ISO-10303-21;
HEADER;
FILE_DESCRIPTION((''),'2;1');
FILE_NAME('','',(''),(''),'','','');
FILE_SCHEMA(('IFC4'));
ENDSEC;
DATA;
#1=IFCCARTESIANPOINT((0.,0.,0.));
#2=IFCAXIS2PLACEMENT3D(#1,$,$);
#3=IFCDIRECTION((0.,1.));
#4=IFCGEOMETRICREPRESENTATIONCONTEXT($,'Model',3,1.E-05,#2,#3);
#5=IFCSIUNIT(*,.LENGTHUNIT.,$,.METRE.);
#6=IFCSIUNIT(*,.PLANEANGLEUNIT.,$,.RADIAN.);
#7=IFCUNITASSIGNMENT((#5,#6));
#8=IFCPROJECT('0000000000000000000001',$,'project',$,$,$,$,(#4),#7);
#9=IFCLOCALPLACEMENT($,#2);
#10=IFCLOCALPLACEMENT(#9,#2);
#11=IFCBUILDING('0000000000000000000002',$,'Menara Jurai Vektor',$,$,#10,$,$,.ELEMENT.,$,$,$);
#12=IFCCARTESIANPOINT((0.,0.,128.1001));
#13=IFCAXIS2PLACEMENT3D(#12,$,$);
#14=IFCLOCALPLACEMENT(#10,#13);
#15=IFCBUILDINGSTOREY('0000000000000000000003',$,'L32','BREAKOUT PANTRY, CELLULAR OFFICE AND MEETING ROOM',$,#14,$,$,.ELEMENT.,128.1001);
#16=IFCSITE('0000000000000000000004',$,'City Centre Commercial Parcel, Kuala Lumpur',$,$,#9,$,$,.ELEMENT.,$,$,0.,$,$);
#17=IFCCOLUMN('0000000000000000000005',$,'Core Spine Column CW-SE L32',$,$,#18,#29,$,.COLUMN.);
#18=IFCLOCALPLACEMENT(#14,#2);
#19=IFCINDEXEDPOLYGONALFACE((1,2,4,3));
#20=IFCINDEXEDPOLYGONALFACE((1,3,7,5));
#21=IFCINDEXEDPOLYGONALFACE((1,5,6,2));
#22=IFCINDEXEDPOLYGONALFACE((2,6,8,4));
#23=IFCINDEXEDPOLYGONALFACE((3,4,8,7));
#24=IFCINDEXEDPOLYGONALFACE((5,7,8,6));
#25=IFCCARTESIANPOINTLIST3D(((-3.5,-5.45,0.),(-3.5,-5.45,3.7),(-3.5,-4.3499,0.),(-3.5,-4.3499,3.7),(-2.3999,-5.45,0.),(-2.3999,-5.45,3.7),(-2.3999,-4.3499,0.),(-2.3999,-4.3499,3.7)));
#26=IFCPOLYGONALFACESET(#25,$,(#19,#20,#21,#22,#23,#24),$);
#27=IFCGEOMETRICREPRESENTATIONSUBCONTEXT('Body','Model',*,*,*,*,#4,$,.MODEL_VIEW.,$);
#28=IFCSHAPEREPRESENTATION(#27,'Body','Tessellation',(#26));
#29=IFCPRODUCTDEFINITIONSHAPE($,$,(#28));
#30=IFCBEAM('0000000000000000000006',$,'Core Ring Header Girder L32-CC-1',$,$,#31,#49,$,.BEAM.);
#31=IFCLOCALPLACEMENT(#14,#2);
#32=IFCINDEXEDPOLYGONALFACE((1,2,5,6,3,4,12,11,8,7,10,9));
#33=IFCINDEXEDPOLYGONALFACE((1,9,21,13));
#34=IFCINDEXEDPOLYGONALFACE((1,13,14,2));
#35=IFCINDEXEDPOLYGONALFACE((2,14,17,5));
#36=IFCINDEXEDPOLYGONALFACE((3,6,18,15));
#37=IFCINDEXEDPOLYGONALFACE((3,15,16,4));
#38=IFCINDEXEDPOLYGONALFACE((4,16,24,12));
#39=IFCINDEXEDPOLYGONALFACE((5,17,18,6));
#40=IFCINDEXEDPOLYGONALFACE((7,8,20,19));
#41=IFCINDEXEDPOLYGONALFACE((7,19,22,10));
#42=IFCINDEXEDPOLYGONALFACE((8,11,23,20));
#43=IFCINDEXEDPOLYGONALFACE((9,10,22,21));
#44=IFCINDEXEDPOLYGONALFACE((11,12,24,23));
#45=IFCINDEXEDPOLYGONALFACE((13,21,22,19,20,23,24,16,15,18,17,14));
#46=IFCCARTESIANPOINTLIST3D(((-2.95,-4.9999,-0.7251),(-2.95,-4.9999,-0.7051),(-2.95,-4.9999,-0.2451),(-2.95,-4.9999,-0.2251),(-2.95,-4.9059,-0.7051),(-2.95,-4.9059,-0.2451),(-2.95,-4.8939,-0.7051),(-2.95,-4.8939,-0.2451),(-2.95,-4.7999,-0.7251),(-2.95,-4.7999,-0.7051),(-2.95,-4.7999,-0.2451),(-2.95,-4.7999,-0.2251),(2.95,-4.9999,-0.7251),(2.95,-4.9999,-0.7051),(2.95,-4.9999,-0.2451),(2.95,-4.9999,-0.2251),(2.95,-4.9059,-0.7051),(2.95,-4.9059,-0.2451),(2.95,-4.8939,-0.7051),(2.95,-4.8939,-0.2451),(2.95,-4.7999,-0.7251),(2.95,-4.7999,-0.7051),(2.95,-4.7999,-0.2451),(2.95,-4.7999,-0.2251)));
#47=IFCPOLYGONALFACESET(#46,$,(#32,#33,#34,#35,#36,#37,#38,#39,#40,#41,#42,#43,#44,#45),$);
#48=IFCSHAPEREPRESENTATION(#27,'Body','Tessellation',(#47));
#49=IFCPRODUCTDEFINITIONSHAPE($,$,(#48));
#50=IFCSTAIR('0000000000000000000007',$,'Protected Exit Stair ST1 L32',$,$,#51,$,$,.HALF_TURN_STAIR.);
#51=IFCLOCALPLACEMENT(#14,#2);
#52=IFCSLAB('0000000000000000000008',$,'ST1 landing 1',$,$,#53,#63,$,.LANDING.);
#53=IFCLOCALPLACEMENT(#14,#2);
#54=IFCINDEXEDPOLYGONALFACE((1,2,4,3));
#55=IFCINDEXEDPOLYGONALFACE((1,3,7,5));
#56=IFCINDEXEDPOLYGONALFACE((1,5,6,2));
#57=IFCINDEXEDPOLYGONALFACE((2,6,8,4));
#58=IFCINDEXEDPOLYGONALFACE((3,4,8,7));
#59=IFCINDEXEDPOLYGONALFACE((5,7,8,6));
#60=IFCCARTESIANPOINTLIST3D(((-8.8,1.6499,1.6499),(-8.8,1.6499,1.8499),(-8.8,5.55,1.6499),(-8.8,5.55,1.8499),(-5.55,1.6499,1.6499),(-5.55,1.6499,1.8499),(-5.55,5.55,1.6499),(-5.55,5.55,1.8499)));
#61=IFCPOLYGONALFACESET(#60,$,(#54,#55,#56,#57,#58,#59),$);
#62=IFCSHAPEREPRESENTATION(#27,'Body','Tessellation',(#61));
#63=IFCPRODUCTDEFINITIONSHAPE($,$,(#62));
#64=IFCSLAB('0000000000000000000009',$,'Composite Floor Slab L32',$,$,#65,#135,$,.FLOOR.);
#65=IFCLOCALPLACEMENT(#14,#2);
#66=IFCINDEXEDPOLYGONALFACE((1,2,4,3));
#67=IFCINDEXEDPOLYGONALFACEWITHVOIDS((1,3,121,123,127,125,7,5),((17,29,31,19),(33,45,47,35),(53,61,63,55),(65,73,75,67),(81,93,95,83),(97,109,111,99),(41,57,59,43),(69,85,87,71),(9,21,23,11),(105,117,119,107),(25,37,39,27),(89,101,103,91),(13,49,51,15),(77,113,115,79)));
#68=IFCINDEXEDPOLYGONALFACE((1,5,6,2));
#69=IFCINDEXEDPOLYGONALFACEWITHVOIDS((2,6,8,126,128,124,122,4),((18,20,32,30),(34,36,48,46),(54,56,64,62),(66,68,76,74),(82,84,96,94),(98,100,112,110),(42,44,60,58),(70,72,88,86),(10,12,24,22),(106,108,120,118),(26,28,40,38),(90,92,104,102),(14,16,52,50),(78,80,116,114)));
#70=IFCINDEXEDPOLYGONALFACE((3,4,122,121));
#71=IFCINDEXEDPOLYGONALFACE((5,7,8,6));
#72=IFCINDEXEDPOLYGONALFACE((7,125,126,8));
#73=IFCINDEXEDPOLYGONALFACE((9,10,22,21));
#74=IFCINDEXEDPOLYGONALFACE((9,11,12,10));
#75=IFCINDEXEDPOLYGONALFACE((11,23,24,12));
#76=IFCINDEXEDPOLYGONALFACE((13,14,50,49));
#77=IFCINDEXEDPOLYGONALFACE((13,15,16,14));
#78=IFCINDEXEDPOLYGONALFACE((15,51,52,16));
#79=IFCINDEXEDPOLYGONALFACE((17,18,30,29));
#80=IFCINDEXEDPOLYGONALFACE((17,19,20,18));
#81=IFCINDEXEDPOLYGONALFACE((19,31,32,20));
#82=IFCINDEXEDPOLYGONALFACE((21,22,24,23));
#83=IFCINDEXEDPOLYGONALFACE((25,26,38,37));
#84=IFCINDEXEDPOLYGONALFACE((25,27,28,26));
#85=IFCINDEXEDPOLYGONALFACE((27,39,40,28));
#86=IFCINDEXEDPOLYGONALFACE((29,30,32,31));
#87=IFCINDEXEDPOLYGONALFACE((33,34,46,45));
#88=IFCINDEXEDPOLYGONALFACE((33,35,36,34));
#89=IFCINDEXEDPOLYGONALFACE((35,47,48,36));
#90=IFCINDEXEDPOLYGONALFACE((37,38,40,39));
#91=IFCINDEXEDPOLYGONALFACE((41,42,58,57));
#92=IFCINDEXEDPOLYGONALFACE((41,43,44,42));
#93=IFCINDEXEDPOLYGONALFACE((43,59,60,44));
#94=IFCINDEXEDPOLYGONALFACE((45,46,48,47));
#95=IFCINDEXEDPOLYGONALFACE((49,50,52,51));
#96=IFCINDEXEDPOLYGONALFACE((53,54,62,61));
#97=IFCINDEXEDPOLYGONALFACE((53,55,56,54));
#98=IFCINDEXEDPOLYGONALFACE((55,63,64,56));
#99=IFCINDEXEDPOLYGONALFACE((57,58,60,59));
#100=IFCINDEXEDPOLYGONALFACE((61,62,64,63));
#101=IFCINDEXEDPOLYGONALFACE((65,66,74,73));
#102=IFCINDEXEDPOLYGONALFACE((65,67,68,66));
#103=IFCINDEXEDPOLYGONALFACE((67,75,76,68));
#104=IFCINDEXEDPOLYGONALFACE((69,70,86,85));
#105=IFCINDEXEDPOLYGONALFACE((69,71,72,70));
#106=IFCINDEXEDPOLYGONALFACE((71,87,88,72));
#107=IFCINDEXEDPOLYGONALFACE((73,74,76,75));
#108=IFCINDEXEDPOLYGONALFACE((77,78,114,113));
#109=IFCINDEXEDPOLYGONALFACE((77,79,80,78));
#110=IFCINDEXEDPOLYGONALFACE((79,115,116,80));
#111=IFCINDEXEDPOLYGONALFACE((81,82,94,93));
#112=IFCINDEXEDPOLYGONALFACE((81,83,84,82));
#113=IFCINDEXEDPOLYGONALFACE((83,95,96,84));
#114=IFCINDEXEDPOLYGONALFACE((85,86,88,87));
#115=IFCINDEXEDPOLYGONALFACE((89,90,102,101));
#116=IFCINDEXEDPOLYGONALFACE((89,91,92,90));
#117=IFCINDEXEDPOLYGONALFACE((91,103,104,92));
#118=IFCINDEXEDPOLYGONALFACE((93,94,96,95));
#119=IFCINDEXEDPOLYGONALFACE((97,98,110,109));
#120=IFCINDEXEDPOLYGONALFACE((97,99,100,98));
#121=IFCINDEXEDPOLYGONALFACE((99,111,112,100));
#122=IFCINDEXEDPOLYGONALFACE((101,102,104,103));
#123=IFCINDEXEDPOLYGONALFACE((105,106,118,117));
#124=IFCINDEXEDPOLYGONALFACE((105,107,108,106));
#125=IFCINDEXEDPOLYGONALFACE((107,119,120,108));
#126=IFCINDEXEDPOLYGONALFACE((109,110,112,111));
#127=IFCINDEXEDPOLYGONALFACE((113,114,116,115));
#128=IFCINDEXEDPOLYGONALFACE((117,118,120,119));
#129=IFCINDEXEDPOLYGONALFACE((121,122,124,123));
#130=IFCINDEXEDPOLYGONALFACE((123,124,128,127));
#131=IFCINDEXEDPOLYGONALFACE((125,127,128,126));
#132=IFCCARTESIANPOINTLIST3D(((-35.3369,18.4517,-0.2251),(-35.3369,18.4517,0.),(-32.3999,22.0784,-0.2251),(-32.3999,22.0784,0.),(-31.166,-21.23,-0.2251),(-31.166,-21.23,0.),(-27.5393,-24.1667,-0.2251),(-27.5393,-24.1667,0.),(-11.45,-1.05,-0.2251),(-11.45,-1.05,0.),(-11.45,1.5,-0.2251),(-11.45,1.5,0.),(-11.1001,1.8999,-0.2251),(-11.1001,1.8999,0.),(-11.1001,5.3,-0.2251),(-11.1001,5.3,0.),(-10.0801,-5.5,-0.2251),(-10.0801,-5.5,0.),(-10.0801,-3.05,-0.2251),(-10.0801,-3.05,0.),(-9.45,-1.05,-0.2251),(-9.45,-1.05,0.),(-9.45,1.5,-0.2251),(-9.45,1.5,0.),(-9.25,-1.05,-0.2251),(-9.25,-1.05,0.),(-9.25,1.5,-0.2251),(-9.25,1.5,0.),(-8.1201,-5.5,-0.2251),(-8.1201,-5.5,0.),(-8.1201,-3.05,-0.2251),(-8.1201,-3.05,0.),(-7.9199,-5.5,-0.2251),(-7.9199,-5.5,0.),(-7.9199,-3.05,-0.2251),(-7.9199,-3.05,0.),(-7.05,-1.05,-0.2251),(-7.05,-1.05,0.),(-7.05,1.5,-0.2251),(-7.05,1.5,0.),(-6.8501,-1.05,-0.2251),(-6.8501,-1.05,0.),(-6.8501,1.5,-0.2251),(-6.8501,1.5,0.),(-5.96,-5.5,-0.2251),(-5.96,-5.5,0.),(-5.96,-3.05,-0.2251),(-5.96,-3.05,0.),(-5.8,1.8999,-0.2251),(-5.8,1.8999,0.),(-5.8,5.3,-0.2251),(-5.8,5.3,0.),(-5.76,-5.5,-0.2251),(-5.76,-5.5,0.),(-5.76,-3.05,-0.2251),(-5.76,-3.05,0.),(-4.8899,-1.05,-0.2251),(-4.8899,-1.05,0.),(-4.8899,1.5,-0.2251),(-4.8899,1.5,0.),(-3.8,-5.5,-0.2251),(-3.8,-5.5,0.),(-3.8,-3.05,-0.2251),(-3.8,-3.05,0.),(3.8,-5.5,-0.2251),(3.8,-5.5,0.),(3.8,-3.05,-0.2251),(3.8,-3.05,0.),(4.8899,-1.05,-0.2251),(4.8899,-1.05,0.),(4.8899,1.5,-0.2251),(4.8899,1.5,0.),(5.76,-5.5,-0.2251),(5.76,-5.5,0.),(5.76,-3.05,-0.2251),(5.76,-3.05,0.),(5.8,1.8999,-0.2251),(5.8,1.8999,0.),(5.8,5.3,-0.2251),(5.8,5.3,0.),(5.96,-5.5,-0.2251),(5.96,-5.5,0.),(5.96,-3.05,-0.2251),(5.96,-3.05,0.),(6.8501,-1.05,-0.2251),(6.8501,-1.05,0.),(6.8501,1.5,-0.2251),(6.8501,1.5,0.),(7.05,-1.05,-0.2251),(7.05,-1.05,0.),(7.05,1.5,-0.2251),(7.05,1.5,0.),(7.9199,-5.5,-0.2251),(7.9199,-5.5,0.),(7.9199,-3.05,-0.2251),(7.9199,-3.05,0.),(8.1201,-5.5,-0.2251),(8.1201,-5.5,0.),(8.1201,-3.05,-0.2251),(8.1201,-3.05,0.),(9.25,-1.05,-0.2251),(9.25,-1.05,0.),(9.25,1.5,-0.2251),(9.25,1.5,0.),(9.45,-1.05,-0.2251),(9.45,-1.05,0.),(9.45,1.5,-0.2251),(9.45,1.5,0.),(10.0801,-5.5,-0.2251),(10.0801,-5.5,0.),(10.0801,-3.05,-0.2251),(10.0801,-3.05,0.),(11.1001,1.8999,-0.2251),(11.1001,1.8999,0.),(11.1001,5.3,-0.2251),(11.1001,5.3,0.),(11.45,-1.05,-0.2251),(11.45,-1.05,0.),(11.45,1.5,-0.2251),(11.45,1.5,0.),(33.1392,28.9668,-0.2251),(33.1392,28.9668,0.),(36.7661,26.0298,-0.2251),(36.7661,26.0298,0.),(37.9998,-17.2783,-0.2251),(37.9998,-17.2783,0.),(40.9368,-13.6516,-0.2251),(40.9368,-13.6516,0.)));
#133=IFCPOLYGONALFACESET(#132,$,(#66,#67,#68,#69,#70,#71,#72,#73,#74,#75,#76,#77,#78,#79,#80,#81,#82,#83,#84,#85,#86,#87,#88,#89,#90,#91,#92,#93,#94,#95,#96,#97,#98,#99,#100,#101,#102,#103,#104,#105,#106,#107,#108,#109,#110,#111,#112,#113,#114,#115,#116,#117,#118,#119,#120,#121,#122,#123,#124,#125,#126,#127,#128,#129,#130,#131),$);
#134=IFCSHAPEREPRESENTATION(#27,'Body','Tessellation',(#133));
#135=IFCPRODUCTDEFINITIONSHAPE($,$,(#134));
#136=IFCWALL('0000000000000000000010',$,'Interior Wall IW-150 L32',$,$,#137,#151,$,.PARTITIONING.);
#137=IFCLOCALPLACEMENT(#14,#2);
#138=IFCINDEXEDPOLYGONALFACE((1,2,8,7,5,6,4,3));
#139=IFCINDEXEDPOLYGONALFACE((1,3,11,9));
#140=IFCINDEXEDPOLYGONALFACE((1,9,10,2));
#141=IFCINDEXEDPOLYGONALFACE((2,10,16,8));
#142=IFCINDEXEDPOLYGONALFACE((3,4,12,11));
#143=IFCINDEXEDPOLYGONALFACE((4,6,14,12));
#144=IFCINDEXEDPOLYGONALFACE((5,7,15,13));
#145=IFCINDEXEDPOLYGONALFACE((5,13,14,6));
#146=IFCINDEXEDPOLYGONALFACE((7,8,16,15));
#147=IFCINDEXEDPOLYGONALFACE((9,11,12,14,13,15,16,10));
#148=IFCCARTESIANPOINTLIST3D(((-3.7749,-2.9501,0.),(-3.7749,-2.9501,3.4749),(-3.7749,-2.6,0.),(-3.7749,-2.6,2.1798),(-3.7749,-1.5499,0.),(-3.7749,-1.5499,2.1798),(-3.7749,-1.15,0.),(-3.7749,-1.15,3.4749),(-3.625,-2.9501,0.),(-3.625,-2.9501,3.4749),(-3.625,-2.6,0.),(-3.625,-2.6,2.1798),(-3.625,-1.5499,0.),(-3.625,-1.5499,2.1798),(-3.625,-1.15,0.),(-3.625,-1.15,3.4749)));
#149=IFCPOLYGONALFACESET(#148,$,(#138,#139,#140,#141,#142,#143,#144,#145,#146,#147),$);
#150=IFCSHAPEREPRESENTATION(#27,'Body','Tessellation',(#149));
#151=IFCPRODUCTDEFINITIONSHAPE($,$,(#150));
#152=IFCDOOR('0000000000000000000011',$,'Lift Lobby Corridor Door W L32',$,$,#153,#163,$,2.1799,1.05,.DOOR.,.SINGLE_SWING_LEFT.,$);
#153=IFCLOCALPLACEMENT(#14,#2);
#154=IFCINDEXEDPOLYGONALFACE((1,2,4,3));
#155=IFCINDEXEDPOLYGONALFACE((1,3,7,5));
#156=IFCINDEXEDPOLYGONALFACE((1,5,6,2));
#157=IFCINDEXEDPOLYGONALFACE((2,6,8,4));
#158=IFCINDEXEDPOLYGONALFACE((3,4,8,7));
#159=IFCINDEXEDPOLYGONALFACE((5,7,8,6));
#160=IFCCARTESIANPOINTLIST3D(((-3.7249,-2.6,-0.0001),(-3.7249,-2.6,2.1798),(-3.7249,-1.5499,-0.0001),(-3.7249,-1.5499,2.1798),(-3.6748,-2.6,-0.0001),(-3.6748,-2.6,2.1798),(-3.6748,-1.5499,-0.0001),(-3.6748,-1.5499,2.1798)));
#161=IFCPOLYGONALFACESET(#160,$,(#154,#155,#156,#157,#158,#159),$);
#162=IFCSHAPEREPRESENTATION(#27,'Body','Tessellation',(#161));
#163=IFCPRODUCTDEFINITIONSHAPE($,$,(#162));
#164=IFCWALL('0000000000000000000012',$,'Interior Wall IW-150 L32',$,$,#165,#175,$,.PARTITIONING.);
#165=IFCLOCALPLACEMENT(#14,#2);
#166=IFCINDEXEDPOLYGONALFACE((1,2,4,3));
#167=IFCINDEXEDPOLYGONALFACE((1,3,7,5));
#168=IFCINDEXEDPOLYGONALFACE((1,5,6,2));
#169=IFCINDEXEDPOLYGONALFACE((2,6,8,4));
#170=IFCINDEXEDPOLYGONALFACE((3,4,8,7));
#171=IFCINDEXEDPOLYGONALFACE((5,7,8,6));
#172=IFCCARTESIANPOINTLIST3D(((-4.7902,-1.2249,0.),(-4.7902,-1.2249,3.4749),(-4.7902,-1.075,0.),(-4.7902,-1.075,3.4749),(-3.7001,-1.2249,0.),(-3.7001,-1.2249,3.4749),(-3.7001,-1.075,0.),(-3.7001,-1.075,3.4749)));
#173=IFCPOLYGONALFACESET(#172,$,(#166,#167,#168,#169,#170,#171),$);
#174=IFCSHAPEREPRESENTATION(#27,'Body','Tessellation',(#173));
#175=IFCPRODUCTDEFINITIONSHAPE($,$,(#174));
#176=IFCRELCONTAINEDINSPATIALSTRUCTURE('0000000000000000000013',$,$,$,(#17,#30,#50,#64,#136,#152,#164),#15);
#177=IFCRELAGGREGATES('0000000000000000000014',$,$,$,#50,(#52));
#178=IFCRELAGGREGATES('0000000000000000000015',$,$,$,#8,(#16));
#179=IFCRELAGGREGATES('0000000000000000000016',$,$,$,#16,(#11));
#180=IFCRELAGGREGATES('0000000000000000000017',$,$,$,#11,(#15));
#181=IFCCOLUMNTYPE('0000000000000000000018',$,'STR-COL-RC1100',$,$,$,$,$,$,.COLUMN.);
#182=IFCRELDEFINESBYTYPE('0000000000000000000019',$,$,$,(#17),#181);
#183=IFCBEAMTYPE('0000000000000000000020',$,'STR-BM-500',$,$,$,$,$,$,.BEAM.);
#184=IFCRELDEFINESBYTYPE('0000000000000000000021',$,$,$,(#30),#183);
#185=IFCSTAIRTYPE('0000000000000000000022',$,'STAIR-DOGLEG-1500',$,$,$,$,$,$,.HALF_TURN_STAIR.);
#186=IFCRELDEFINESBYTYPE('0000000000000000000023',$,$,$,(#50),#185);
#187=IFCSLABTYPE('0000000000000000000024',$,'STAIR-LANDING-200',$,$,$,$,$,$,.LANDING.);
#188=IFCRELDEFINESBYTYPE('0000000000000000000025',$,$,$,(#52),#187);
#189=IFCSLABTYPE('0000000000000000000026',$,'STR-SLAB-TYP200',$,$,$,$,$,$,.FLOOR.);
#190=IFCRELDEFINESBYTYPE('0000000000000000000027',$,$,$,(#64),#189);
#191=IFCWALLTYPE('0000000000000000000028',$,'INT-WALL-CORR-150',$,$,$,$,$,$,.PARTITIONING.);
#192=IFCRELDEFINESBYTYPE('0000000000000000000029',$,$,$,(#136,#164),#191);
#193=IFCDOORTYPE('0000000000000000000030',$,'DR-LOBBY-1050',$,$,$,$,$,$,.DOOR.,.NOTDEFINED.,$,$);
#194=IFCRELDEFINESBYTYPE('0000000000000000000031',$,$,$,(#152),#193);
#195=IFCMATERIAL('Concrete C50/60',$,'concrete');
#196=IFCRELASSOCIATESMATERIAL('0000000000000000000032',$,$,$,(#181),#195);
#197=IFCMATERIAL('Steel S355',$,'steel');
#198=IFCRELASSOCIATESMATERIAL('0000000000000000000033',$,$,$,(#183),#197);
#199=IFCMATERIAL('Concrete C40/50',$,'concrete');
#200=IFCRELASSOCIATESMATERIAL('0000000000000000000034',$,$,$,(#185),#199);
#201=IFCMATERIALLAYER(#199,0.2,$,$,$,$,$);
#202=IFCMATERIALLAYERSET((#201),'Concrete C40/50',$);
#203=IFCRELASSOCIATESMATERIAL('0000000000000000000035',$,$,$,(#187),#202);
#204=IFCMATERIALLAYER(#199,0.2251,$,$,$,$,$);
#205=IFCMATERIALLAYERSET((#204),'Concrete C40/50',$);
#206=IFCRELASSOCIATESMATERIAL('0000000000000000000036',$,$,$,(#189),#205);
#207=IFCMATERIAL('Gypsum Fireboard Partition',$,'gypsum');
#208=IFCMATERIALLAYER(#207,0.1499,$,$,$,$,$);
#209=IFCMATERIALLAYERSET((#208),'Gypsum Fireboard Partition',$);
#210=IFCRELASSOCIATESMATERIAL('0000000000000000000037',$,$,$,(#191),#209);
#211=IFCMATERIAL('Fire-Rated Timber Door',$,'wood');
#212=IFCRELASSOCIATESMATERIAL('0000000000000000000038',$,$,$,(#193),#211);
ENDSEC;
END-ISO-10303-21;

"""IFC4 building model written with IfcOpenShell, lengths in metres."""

from ifc_helpers import new_model, si_unit, direction, frame, frame_2d, origin, origin_2d, place, context, subcontext, project, spatial, polyline, rectangle, i_section, outline, extrude, material, layer, layer_set, material_profile, profile_set, type_object, element, fill, aggregate, save


model = new_model("IFC4")

# Units and contexts
model_context = context("Model", 3, precision=1e-05, world=origin(), true_north=direction((0.0, 1.0)))
body_context = subcontext(model_context, "Body", "Model", "MODEL_VIEW")
ifc_project = project(units=[si_unit("LENGTHUNIT", "METRE"), si_unit("PLANEANGLEUNIT", "RADIAN")], contexts=[model_context])

# Site, building, storey
site_placement = place(None, origin())
site = spatial("IfcSite", under=ifc_project, at=site_placement, Name="City Centre Commercial Parcel, Kuala Lumpur", CompositionType="ELEMENT", RefElevation=0.0)
building_placement = place(site_placement, origin())
building = spatial("IfcBuilding", under=site, at=building_placement, Name="Menara Jurai Vektor", CompositionType="ELEMENT")
storey_placement = place(building_placement, frame((0.0, 0.0, 128.1001)))
storey = spatial("IfcBuildingStorey", under=building, at=storey_placement, Name="L32", Description="BREAKOUT PANTRY, CELLULAR OFFICE AND MEETING ROOM", CompositionType="ELEMENT", Elevation=128.1001)

# Column
ifc_material_1 = material(Name="Concrete C50/60", Category="concrete")
ifc_material_profile_1 = material_profile(ifc_material_1, rectangle(XDim=1.1001, YDim=1.1001, at=origin_2d()), Name="RC 1100x1100")
ifc_profile_set_1 = profile_set([ifc_material_profile_1], Name="Concrete C50/60")
column_type = type_object("IfcColumnType", Name="STR-COL-RC1100", PredefinedType="COLUMN", material=ifc_profile_set_1)
column_placement = place(storey_placement, frame((-2.95, -4.8999, 0.0), z_axis=(0.0, 0.0, 1.0), x_axis=(1.0, 0.0, 0.0)))
element("IfcColumn", 1, at=column_placement, inside=storey, type_object=column_type, Name="Core Spine Column CW-SE L32", PredefinedType="COLUMN", context=body_context, shape_type="SweptSolid", body=[
    extrude(rectangle(XDim=1.1001, YDim=1.1001, at=origin_2d()), origin(), (0.0, 0.0, 1.0), 3.7),
])

# Beam
ifc_material_2 = material(Name="Steel S355", Category="steel")
ifc_material_profile_2 = material_profile(ifc_material_2, i_section(OverallWidth=0.2, OverallDepth=0.5, WebThickness=0.012, FlangeThickness=0.02, at=origin_2d()), Name="PG 500x200x96")
ifc_profile_set_2 = profile_set([ifc_material_profile_2], Name="Steel S355")
beam_type = type_object("IfcBeamType", Name="STR-BM-500", PredefinedType="BEAM", material=ifc_profile_set_2)
beam_placement = place(storey_placement, frame((-2.95, -4.8999, -0.4751), z_axis=(1.0, 0.0, 0.0), x_axis=(0.0, 1.0, 0.0)))
element("IfcBeam", 2, at=beam_placement, inside=storey, type_object=beam_type, Name="Core Ring Header Girder L32-CC-1", PredefinedType="BEAM", context=body_context, shape_type="SweptSolid", body=[
    extrude(i_section(OverallWidth=0.2, OverallDepth=0.5, WebThickness=0.012, FlangeThickness=0.02, at=origin_2d()), origin(), (0.0, 0.0, 1.0), 5.8999),
])

# Stair, slab
ifc_material_3 = material(Name="Concrete C40/50", Category="concrete")
stair_type = type_object("IfcStairType", Name="STAIR-DOGLEG-1500", PredefinedType="HALF_TURN_STAIR", material=ifc_material_3)
stair_placement = place(storey_placement, origin())
stair = element("IfcStair", 3, at=stair_placement, inside=storey, type_object=stair_type, Name="Protected Exit Stair ST1 L32", PredefinedType="HALF_TURN_STAIR")
ifc_layer_1 = layer(ifc_material_3, 0.2)
ifc_layer_set_1 = layer_set([ifc_layer_1], Name="Concrete C40/50")
slab_type_1 = type_object("IfcSlabType", Name="STAIR-LANDING-200", PredefinedType="LANDING", material=ifc_layer_set_1)
slab_1_placement = place(storey_placement, frame((0.0, 0.0, 1.6499)))
slab_1 = element("IfcSlab", 4, at=slab_1_placement, type_object=slab_type_1, Name="ST1 landing 1", PredefinedType="LANDING", context=body_context, shape_type="SweptSolid", body=[
    extrude(outline(polyline([(-8.8, 1.6499), (-5.55, 1.6499), (-5.55, 5.55), (-8.8, 5.55), (-8.8, 1.6499)])), origin(), (0.0, 0.0, 1.0), 0.2),
])
aggregate(stair, [slab_1])

# Slab
ifc_layer_2 = layer(ifc_material_3, 0.2251)
ifc_layer_set_2 = layer_set([ifc_layer_2], Name="Concrete C40/50")
slab_type_2 = type_object("IfcSlabType", Name="STR-SLAB-TYP200", PredefinedType="FLOOR", material=ifc_layer_set_2)
slab_2_placement = place(storey_placement, frame((0.0, 0.0, -0.2251)))
element("IfcSlab", 5, at=slab_2_placement, inside=storey, type_object=slab_type_2, Name="Composite Floor Slab L32", PredefinedType="FLOOR", context=body_context, shape_type="SweptSolid", body=[
    extrude(outline(polyline([(-27.5393, -24.1667), (37.9998, -17.2783), (40.9368, -13.6516), (36.7661, 26.0298), (33.1392, 28.9668), (-32.3999, 22.0784), (-35.3369, 18.4517), (-31.166, -21.23), (-27.5393, -24.1667)]), holes=[polyline([(-11.1001, 1.8999), (-11.1001, 5.3), (-5.8, 5.3), (-5.8, 1.8999), (-11.1001, 1.8999)]), polyline([(5.8, 1.8999), (5.8, 5.3), (11.1001, 5.3), (11.1001, 1.8999), (5.8, 1.8999)]), polyline([(-11.45, -1.05), (-11.45, 1.5), (-9.45, 1.5), (-9.45, -1.05), (-11.45, -1.05)]), polyline([(9.45, -1.05), (9.45, 1.5), (11.45, 1.5), (11.45, -1.05), (9.45, -1.05)]), polyline([(-5.76, -5.5), (-5.76, -3.05), (-3.8, -3.05), (-3.8, -5.5), (-5.76, -5.5)]), polyline([(-6.8501, -1.05), (-6.8501, 1.5), (-4.8899, 1.5), (-4.8899, -1.05), (-6.8501, -1.05)]), polyline([(3.8, -5.5), (3.8, -3.05), (5.76, -3.05), (5.76, -5.5), (3.8, -5.5)]), polyline([(4.8899, -1.05), (4.8899, 1.5), (6.8501, 1.5), (6.8501, -1.05), (4.8899, -1.05)]), polyline([(-10.0801, -5.5), (-10.0801, -3.05), (-8.1201, -3.05), (-8.1201, -5.5), (-10.0801, -5.5)]), polyline([(-7.9199, -5.5), (-7.9199, -3.05), (-5.96, -3.05), (-5.96, -5.5), (-7.9199, -5.5)]), polyline([(5.96, -5.5), (5.96, -3.05), (7.9199, -3.05), (7.9199, -5.5), (5.96, -5.5)]), polyline([(8.1201, -5.5), (8.1201, -3.05), (10.0801, -3.05), (10.0801, -5.5), (8.1201, -5.5)]), polyline([(-9.25, -1.05), (-9.25, 1.5), (-7.05, 1.5), (-7.05, -1.05), (-9.25, -1.05)]), polyline([(7.05, -1.05), (7.05, 1.5), (9.25, 1.5), (9.25, -1.05), (7.05, -1.05)])]), origin(), (0.0, 0.0, 1.0), 0.2251),
])

# Wall, opening, door
ifc_material_4 = material(Name="Gypsum Fireboard Partition", Category="gypsum")
ifc_layer_3 = layer(ifc_material_4, 0.1499)
ifc_layer_set_3 = layer_set([ifc_layer_3], Name="Gypsum Fireboard Partition")
wall_type_1 = type_object("IfcWallType", Name="INT-WALL-CORR-150", PredefinedType="PARTITIONING", material=ifc_layer_set_3)
wall_1_placement = place(storey_placement, frame((-3.7, -2.95, 0.0), z_axis=(0.0, 0.0, 1.0), x_axis=(0.0, 1.0, 0.0)))
wall_1 = element("IfcWall", 6, at=wall_1_placement, inside=storey, type_object=wall_type_1, Name="Interior Wall IW-150 L32", PredefinedType="PARTITIONING", context=body_context, shape_type="SweptSolid", body=[
    extrude(rectangle(XDim=1.8, YDim=0.1499, at=frame_2d((0.8999, 0.0))), origin(), (0.0, 0.0, 1.0), 3.4749),
])
opening_1_placement = place(wall_1_placement, frame((0.3501, 0.0, 0.0)))
opening_1 = element("IfcOpeningElement", 7, at=opening_1_placement, cuts=wall_1, PredefinedType="OPENING", context=body_context, shape_type="SweptSolid", body=[
    extrude(rectangle(XDim=1.05, YDim=2.1799, at=frame_2d((0.5249, 1.0898))), frame((0.0, 0.085, 0.0), z_axis=(0.0, -1.0, 0.0), x_axis=(1.0, 0.0, 0.0)), (0.0, 0.0, 1.0), 0.1699),
])
ifc_material_5 = material(Name="Fire-Rated Timber Door", Category="wood")
door_type_1 = type_object("IfcDoorType", Name="DR-LOBBY-1050", OperationType="NOTDEFINED", PredefinedType="DOOR", material=ifc_material_5)
door_1_placement = place(opening_1_placement, origin())
door_1 = element("IfcDoor", 8, at=door_1_placement, inside=storey, type_object=door_type_1, Name="Lift Lobby Corridor Door W L32", OperationType="SINGLE_SWING_LEFT", OverallHeight=2.1799, OverallWidth=1.05, PredefinedType="DOOR", context=body_context, shape_type="SweptSolid", body=[
    extrude(rectangle(XDim=1.05, YDim=2.1799, at=frame_2d((0.5249, 1.0898))), frame((0.0, 0.0249, 0.0), z_axis=(0.0, -1.0, 0.0), x_axis=(1.0, 0.0, 0.0)), (0.0, 0.0, 1.0), 0.05),
])
fill(opening_1, door_1)

# Wall
wall_2_placement = place(storey_placement, frame((-4.79, -1.1499, 0.0), z_axis=(0.0, 0.0, 1.0), x_axis=(1.0, 0.0, 0.0)))
element("IfcWall", 9, at=wall_2_placement, inside=storey, type_object=wall_type_1, Name="Interior Wall IW-150 L32", PredefinedType="PARTITIONING", context=body_context, shape_type="SweptSolid", body=[
    extrude(rectangle(XDim=1.0901, YDim=0.1499, at=frame_2d((0.5449, 0.0))), origin(), (0.0, 0.0, 1.0), 3.4749),
])

save(model, "model.ifc")
